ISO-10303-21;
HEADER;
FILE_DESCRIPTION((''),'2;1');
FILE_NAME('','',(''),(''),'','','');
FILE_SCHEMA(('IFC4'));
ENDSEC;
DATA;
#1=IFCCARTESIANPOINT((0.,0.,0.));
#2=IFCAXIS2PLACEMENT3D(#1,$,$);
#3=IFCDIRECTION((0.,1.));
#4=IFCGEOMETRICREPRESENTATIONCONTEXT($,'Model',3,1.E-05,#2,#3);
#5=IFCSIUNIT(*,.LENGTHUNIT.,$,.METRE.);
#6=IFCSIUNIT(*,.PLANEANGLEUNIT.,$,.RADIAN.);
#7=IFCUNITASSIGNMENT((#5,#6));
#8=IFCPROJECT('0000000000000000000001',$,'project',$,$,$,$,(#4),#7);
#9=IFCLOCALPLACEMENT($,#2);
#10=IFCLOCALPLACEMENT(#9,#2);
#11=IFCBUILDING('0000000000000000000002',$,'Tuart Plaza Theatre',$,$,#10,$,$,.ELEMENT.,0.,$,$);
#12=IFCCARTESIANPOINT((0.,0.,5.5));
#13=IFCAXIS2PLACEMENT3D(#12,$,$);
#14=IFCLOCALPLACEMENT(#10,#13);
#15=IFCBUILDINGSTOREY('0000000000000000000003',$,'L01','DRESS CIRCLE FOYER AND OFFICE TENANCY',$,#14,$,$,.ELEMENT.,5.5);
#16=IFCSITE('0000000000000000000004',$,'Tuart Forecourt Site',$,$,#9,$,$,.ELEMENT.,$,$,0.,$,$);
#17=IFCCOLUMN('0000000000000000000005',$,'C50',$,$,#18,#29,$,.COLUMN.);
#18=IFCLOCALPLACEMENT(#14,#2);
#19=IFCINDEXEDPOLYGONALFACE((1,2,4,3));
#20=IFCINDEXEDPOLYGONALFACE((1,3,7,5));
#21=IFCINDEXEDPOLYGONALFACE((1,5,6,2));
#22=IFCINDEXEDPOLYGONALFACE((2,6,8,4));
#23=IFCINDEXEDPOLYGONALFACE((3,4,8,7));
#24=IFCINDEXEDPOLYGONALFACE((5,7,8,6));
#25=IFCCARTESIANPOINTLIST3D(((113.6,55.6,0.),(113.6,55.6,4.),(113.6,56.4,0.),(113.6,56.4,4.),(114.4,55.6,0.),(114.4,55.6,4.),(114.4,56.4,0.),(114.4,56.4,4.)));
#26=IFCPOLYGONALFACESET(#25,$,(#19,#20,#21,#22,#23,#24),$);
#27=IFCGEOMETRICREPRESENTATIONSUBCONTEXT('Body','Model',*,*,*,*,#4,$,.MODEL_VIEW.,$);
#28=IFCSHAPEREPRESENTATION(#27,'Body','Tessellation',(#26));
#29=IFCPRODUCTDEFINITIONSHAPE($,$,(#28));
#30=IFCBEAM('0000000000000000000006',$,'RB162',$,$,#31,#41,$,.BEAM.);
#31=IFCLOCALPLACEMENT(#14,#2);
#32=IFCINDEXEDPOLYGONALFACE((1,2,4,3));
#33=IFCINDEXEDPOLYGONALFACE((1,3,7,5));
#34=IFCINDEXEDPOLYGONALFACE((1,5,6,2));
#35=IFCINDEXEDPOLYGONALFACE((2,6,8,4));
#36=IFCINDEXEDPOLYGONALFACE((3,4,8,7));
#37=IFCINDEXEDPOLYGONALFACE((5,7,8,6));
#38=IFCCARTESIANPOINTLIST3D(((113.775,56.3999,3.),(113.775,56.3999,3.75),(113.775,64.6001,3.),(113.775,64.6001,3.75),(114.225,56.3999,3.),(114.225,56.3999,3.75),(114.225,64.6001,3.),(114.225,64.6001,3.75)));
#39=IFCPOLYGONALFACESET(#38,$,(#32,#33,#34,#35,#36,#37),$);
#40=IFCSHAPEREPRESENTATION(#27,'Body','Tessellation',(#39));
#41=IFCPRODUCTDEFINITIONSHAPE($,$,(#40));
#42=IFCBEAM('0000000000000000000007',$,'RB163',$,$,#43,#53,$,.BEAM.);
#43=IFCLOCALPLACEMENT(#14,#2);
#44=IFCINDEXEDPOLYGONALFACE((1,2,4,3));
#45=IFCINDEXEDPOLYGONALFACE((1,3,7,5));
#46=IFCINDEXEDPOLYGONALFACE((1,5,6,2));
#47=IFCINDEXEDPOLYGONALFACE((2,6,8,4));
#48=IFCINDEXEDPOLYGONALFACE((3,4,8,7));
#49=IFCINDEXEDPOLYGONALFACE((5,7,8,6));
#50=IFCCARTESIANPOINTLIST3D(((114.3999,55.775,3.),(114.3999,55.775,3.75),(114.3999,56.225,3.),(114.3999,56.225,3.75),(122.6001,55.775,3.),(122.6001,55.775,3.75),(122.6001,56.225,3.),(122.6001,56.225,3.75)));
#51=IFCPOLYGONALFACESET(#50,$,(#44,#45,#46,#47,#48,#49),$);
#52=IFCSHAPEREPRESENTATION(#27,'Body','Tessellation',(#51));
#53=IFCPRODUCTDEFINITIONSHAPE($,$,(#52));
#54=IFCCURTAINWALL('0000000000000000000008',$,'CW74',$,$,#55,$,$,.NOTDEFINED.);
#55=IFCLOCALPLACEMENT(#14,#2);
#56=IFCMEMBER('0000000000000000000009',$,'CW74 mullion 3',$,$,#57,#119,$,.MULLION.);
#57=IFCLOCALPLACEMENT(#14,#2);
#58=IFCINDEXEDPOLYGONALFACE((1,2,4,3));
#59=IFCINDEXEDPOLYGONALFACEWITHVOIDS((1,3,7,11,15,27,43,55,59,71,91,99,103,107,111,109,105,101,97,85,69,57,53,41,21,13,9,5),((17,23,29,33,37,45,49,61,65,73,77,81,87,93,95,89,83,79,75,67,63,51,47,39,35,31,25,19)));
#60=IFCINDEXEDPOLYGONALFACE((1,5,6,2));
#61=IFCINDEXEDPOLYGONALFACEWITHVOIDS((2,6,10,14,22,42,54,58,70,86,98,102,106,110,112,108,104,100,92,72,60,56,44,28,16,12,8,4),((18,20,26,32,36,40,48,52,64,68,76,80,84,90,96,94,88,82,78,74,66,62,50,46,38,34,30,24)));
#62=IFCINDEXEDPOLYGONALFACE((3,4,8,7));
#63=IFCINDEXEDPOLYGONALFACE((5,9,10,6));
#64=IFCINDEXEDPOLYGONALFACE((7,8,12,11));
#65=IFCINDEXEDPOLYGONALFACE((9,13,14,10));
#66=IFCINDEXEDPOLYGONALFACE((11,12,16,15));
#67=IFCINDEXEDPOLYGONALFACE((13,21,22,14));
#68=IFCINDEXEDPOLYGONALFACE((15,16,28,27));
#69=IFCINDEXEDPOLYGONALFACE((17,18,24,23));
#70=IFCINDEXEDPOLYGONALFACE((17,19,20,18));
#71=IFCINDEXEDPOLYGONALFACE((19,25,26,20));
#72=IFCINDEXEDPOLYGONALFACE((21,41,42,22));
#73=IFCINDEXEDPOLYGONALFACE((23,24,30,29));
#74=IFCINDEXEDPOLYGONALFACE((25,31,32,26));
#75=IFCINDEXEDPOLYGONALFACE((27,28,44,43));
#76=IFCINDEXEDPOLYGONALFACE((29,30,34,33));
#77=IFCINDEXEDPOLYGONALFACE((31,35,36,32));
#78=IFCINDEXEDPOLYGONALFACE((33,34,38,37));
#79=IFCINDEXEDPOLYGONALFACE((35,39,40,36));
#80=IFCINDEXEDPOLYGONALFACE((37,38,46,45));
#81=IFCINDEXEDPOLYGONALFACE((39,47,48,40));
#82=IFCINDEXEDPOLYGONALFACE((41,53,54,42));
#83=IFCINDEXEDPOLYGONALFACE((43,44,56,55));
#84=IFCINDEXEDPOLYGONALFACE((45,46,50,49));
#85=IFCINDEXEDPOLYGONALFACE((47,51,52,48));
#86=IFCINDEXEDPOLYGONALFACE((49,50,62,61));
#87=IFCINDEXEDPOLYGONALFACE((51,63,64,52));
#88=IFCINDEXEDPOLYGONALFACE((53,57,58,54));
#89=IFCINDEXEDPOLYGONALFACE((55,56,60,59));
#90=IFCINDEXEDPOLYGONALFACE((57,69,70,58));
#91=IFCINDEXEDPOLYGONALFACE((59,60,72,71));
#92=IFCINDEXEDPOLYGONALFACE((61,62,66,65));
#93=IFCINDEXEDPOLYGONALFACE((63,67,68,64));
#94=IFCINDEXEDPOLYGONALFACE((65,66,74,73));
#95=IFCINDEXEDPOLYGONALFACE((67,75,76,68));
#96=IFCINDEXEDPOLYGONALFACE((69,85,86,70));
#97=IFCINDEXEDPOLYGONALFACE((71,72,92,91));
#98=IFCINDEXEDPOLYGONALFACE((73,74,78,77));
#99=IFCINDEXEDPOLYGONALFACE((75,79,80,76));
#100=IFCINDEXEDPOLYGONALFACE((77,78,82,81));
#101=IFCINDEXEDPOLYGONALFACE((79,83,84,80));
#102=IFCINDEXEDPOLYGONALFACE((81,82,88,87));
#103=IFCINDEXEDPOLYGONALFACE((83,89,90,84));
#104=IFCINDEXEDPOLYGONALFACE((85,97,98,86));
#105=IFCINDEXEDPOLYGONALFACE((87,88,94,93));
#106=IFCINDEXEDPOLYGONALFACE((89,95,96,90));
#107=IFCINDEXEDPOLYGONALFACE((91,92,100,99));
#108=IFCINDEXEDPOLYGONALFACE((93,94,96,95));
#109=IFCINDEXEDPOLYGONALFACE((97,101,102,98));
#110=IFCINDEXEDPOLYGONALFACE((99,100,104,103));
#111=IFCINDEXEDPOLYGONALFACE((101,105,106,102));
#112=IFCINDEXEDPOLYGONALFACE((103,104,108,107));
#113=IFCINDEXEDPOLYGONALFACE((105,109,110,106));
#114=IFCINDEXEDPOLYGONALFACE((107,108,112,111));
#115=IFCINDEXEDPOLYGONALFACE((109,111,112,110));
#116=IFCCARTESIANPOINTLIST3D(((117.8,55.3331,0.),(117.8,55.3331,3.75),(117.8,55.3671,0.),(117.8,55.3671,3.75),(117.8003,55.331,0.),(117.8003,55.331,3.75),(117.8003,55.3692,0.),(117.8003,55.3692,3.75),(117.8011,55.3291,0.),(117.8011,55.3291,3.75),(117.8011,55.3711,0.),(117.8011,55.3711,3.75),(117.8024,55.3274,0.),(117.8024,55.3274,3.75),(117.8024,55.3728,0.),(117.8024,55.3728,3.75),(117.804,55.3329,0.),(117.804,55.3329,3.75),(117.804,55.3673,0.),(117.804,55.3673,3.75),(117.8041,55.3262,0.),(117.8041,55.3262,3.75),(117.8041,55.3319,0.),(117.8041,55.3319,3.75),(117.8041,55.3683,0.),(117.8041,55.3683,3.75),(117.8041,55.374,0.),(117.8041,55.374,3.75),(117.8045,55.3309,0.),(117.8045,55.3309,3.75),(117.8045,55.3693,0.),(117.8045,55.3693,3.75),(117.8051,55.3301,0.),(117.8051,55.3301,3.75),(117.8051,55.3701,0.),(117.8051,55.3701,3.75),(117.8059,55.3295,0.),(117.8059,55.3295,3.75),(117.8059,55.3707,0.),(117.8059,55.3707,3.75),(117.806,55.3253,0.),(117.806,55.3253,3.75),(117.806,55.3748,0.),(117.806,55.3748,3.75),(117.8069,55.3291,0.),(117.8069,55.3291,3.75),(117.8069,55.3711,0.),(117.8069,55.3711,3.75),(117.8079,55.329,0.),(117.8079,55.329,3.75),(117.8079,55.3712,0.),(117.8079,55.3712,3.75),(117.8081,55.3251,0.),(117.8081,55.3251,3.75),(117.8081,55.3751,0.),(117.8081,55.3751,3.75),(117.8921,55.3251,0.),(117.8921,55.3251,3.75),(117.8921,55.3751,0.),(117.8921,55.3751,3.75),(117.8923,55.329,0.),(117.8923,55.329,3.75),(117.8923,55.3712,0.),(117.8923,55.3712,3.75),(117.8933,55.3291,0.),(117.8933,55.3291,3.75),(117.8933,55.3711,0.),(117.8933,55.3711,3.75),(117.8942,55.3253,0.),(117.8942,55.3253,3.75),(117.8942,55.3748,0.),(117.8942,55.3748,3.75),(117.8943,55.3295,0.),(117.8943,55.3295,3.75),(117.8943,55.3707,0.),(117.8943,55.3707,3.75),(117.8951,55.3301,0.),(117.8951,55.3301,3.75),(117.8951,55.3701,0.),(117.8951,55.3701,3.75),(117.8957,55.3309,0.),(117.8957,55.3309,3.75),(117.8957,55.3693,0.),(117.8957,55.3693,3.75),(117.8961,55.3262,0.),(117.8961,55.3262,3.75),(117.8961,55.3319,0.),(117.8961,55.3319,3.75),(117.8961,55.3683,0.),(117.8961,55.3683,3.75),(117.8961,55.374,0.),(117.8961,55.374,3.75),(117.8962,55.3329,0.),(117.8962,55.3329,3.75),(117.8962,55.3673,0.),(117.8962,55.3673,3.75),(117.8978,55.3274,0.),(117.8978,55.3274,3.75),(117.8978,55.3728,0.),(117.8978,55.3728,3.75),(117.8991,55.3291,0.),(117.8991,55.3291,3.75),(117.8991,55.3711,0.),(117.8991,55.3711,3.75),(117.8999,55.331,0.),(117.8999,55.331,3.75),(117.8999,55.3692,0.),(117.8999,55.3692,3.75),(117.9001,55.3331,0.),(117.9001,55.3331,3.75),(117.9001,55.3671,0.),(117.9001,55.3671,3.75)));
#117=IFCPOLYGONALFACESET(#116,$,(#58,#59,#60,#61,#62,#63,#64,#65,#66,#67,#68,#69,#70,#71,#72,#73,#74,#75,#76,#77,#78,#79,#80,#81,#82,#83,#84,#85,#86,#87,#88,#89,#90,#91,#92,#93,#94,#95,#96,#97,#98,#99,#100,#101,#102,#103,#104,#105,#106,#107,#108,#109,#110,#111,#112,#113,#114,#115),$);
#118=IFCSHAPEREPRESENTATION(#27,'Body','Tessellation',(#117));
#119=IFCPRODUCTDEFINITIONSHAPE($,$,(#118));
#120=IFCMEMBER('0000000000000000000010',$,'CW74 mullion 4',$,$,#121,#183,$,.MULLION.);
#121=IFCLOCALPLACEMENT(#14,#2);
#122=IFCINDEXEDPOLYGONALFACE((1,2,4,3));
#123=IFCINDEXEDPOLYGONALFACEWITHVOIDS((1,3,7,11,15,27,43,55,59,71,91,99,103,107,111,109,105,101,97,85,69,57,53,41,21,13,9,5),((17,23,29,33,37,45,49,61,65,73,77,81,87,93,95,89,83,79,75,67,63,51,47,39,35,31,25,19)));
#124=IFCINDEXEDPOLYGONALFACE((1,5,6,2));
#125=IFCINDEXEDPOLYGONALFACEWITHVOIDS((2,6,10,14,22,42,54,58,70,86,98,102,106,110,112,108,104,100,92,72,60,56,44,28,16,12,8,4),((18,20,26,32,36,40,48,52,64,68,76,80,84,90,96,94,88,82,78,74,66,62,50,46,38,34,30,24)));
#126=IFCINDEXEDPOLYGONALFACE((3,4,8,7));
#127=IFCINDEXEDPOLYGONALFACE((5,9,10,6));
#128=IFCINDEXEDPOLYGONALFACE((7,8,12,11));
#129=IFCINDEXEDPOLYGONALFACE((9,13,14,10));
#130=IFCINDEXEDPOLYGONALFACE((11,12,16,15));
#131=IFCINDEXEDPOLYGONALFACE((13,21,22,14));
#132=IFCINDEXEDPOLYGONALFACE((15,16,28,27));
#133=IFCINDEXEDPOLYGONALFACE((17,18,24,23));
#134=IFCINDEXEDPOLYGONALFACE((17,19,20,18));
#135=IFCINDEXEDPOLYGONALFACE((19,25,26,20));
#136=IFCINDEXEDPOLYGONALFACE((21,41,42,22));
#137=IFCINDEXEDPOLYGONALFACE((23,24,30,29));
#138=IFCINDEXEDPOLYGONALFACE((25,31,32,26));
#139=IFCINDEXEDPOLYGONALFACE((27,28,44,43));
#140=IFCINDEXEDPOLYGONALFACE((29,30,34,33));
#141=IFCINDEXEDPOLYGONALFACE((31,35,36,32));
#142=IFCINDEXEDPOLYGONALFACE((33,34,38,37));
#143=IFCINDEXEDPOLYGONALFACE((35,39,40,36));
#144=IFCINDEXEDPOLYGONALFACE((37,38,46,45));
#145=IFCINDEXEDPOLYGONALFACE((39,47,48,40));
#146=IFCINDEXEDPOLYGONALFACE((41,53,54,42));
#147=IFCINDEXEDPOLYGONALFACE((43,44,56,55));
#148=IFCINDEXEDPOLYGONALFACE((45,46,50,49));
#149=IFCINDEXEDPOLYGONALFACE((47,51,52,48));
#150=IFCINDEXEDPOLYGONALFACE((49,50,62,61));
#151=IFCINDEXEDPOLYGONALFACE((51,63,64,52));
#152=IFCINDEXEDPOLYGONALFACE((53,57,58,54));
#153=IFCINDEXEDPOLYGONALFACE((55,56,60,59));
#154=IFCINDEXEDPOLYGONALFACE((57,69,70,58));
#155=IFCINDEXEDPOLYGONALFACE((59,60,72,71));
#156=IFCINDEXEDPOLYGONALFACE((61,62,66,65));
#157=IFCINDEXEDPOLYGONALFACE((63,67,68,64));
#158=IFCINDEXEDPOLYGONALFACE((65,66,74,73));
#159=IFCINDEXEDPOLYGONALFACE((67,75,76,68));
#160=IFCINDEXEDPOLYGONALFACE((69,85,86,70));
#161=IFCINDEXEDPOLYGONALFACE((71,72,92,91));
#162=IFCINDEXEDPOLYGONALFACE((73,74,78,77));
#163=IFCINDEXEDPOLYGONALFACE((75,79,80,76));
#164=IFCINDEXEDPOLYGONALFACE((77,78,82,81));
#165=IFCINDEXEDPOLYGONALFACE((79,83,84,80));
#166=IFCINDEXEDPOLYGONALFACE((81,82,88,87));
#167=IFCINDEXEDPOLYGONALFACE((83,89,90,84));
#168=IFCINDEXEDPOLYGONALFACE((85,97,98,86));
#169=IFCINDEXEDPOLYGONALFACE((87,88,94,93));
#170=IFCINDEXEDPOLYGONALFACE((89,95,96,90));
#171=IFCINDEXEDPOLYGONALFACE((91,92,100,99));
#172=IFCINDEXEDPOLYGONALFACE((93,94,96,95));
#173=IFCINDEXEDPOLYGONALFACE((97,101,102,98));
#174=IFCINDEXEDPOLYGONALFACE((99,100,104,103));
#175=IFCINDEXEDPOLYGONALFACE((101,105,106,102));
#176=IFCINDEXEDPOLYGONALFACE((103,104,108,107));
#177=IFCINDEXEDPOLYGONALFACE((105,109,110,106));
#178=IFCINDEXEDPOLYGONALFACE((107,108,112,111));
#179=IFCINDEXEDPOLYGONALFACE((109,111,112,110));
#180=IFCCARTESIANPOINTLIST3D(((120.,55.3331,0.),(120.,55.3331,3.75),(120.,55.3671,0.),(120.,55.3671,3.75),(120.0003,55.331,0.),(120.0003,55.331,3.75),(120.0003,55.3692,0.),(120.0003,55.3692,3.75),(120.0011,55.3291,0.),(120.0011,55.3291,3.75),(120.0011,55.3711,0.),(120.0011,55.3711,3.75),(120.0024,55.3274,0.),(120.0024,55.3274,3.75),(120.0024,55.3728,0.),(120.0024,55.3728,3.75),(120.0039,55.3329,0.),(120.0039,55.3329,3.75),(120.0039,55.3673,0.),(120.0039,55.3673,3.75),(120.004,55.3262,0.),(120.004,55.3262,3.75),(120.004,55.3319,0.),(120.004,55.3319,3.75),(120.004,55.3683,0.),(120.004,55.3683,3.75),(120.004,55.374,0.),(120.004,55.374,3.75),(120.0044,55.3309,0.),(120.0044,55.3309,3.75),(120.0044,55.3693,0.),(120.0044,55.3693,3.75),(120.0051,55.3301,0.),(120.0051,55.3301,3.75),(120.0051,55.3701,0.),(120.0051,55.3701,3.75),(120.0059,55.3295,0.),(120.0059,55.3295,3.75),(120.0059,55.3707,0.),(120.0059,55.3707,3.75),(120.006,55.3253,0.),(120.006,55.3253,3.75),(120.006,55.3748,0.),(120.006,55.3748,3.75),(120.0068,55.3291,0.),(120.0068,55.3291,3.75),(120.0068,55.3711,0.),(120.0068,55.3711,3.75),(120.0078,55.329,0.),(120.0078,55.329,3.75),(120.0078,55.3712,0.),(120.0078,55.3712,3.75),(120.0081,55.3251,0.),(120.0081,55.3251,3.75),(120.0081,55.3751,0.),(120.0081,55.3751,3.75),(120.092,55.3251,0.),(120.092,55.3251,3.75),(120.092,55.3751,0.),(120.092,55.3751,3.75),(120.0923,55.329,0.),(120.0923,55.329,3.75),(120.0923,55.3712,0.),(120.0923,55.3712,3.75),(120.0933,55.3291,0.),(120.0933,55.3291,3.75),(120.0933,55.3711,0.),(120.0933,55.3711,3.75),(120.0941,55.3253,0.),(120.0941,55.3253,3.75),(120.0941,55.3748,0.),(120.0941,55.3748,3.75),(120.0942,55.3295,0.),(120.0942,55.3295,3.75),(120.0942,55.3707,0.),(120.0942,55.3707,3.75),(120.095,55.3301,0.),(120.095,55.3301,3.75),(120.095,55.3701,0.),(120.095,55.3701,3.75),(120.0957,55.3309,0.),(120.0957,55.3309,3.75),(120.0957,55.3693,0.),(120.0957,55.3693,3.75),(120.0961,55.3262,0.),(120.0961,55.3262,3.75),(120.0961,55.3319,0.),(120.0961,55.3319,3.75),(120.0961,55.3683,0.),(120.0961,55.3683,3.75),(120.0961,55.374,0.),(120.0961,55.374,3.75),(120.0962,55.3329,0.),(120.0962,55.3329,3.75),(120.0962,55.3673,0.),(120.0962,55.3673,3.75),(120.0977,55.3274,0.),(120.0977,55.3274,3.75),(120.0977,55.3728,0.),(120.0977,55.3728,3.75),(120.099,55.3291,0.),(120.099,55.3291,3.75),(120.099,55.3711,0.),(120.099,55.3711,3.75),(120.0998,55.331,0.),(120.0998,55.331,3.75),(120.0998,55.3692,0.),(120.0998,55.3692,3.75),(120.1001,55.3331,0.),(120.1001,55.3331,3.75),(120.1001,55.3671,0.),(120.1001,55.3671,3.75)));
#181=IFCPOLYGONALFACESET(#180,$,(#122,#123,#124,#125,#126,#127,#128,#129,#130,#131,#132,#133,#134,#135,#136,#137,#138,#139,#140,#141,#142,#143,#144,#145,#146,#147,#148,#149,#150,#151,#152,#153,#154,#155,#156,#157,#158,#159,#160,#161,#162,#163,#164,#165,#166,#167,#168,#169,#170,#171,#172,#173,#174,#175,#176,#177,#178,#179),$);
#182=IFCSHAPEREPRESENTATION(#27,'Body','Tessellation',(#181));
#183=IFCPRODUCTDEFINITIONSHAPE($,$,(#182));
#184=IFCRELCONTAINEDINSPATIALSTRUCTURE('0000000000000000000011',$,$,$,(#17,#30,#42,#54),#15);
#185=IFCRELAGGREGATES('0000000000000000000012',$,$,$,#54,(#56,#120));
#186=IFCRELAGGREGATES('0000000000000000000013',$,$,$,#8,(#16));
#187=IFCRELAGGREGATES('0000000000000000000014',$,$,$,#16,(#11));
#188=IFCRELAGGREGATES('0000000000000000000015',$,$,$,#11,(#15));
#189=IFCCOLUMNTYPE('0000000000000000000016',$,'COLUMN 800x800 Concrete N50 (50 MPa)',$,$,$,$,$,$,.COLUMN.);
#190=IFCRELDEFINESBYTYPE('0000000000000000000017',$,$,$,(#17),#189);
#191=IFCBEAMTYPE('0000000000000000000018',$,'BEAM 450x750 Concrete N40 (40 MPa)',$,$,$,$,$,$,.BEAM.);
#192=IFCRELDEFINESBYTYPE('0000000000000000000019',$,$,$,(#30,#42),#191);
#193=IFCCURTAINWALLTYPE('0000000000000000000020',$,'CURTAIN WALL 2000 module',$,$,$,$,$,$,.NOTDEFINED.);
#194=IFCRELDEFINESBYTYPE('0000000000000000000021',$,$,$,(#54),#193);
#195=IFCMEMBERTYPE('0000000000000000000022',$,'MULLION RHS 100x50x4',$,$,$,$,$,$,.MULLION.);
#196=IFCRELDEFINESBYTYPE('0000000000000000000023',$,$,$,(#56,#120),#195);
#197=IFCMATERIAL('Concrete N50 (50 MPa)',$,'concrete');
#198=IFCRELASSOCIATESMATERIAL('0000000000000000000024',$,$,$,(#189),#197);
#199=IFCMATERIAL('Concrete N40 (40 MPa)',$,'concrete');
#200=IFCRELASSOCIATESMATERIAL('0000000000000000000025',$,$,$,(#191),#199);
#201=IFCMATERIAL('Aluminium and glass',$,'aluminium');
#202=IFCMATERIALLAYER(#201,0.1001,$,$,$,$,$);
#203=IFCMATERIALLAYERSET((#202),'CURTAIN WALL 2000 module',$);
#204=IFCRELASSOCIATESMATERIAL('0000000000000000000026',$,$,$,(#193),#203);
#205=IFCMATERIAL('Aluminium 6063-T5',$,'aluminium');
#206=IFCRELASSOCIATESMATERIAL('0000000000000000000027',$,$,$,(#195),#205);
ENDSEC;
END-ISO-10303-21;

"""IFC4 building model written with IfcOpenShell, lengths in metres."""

from ifc_helpers import new_model, si_unit, direction, frame, origin, origin_2d, place, context, subcontext, project, spatial, rectangle, hollow_rectangle, extrude, material, layer, layer_set, material_profile, profile_set, type_object, element, aggregate, save


model = new_model("IFC4")

# Units and contexts
model_context = context("Model", 3, precision=1e-05, world=origin(), true_north=direction((0.0, 1.0)))
body_context = subcontext(model_context, "Body", "Model", "MODEL_VIEW")
ifc_project = project(units=[si_unit("LENGTHUNIT", "METRE"), si_unit("PLANEANGLEUNIT", "RADIAN")], contexts=[model_context])

# Site, building, storey
site_placement = place(None, origin())
site = spatial("IfcSite", under=ifc_project, at=site_placement, Name="Tuart Forecourt Site", CompositionType="ELEMENT", RefElevation=0.0)
building_placement = place(site_placement, origin())
building = spatial("IfcBuilding", under=site, at=building_placement, Name="Tuart Plaza Theatre", CompositionType="ELEMENT", ElevationOfRefHeight=0.0)
storey_placement = place(building_placement, frame((0.0, 0.0, 5.5)))
storey = spatial("IfcBuildingStorey", under=building, at=storey_placement, Name="L01", Description="DRESS CIRCLE FOYER AND OFFICE TENANCY", CompositionType="ELEMENT", Elevation=5.5)

# Column
ifc_material_1 = material(Name="Concrete N50 (50 MPa)", Category="concrete")
ifc_material_profile_1 = material_profile(ifc_material_1, rectangle(XDim=0.8, YDim=0.8, at=origin_2d()), Name="COLUMN 800x800 Concrete N50 (50 MPa)")
ifc_profile_set_1 = profile_set([ifc_material_profile_1], Name="Concrete N50 (50 MPa)")
column_type = type_object("IfcColumnType", Name="COLUMN 800x800 Concrete N50 (50 MPa)", PredefinedType="COLUMN", material=ifc_profile_set_1)
column_placement = place(storey_placement, frame((114.0, 56.0, 0.0), z_axis=(0.0, 0.0, 1.0), x_axis=(1.0, 0.0, 0.0)))
element("IfcColumn", 1, at=column_placement, inside=storey, type_object=column_type, Name="C50", PredefinedType="COLUMN", context=body_context, shape_type="SweptSolid", body=[
    extrude(rectangle(XDim=0.8, YDim=0.8, at=origin_2d()), origin(), (0.0, 0.0, 1.0), 4.0),
])

# Beams
ifc_material_2 = material(Name="Concrete N40 (40 MPa)", Category="concrete")
ifc_material_profile_2 = material_profile(ifc_material_2, rectangle(XDim=0.45, YDim=0.75, at=origin_2d()), Name="BEAM 450x750 Concrete N40 (40 MPa)")
ifc_profile_set_2 = profile_set([ifc_material_profile_2], Name="Concrete N40 (40 MPa)")
beam_type = type_object("IfcBeamType", Name="BEAM 450x750 Concrete N40 (40 MPa)", PredefinedType="BEAM", material=ifc_profile_set_2)
for number, where, z_axis, x_axis, name in (
    (2, (114.0, 56.3999, 3.375), (0.0, 1.0, 0.0), (-1.0, 0.0, 0.0), "RB162"),
    (3, (114.3999, 56.0, 3.375), (1.0, 0.0, 0.0), (0.0, 1.0, 0.0), "RB163"),
):
    element("IfcBeam", number, at=place(storey_placement, frame(where, z_axis=z_axis, x_axis=x_axis)), inside=storey, type_object=beam_type, Name=name, PredefinedType="BEAM", context=body_context, shape_type="SweptSolid", body=[
        extrude(rectangle(XDim=0.45, YDim=0.75, at=origin_2d()), origin(), (0.0, 0.0, 1.0), 8.2002),
    ])

# Curtain wall, members
ifc_material_3 = material(Name="Aluminium and glass", Category="aluminium")
ifc_layer_1 = layer(ifc_material_3, 0.1001)
ifc_layer_set_1 = layer_set([ifc_layer_1], Name="CURTAIN WALL 2000 module")
curtain_wall_type = type_object("IfcCurtainWallType", Name="CURTAIN WALL 2000 module", PredefinedType="NOTDEFINED", material=ifc_layer_set_1)
curtain_wall_1_placement = place(storey_placement, origin())
curtain_wall_1 = element("IfcCurtainWall", 4, at=curtain_wall_1_placement, inside=storey, type_object=curtain_wall_type, Name="CW74", PredefinedType="NOTDEFINED")
ifc_material_4 = material(Name="Aluminium 6063-T5", Category="aluminium")
ifc_material_profile_3 = material_profile(ifc_material_4, hollow_rectangle(XDim=0.05, YDim=0.1001, WallThickness=0.0039, InnerFilletRadius=0.0039, OuterFilletRadius=0.0081, at=origin_2d()), Name="RHS 100x50x4")
ifc_profile_set_3 = profile_set([ifc_material_profile_3], Name="Aluminium 6063-T5")
member_type_1 = type_object("IfcMemberType", Name="MULLION RHS 100x50x4", PredefinedType="MULLION", material=ifc_profile_set_3)
member_1_placement = place(storey_placement, frame((117.8501, 55.3501, 0.0), z_axis=(0.0, 0.0, 1.0), x_axis=(0.0, 1.0, 0.0)))
member_1 = element("IfcMember", 5, at=member_1_placement, type_object=member_type_1, Name="CW74 mullion 3", PredefinedType="MULLION", context=body_context, shape_type="SweptSolid", body=[
    extrude(hollow_rectangle(XDim=0.05, YDim=0.1001, WallThickness=0.0039, InnerFilletRadius=0.0039, OuterFilletRadius=0.0081, at=origin_2d()), origin(), (0.0, 0.0, 1.0), 3.75),
])
member_2_placement = place(storey_placement, frame((120.05, 55.3501, 0.0), z_axis=(0.0, 0.0, 1.0), x_axis=(0.0, 1.0, 0.0)))
member_2 = element("IfcMember", 6, at=member_2_placement, type_object=member_type_1, Name="CW74 mullion 4", PredefinedType="MULLION", context=body_context, shape_type="SweptSolid", body=[
    extrude(hollow_rectangle(XDim=0.05, YDim=0.1001, WallThickness=0.0039, InnerFilletRadius=0.0039, OuterFilletRadius=0.0081, at=origin_2d()), origin(), (0.0, 0.0, 1.0), 3.75),
])

aggregate(curtain_wall_1, [member_1, member_2])

save(model, "model.ifc")
